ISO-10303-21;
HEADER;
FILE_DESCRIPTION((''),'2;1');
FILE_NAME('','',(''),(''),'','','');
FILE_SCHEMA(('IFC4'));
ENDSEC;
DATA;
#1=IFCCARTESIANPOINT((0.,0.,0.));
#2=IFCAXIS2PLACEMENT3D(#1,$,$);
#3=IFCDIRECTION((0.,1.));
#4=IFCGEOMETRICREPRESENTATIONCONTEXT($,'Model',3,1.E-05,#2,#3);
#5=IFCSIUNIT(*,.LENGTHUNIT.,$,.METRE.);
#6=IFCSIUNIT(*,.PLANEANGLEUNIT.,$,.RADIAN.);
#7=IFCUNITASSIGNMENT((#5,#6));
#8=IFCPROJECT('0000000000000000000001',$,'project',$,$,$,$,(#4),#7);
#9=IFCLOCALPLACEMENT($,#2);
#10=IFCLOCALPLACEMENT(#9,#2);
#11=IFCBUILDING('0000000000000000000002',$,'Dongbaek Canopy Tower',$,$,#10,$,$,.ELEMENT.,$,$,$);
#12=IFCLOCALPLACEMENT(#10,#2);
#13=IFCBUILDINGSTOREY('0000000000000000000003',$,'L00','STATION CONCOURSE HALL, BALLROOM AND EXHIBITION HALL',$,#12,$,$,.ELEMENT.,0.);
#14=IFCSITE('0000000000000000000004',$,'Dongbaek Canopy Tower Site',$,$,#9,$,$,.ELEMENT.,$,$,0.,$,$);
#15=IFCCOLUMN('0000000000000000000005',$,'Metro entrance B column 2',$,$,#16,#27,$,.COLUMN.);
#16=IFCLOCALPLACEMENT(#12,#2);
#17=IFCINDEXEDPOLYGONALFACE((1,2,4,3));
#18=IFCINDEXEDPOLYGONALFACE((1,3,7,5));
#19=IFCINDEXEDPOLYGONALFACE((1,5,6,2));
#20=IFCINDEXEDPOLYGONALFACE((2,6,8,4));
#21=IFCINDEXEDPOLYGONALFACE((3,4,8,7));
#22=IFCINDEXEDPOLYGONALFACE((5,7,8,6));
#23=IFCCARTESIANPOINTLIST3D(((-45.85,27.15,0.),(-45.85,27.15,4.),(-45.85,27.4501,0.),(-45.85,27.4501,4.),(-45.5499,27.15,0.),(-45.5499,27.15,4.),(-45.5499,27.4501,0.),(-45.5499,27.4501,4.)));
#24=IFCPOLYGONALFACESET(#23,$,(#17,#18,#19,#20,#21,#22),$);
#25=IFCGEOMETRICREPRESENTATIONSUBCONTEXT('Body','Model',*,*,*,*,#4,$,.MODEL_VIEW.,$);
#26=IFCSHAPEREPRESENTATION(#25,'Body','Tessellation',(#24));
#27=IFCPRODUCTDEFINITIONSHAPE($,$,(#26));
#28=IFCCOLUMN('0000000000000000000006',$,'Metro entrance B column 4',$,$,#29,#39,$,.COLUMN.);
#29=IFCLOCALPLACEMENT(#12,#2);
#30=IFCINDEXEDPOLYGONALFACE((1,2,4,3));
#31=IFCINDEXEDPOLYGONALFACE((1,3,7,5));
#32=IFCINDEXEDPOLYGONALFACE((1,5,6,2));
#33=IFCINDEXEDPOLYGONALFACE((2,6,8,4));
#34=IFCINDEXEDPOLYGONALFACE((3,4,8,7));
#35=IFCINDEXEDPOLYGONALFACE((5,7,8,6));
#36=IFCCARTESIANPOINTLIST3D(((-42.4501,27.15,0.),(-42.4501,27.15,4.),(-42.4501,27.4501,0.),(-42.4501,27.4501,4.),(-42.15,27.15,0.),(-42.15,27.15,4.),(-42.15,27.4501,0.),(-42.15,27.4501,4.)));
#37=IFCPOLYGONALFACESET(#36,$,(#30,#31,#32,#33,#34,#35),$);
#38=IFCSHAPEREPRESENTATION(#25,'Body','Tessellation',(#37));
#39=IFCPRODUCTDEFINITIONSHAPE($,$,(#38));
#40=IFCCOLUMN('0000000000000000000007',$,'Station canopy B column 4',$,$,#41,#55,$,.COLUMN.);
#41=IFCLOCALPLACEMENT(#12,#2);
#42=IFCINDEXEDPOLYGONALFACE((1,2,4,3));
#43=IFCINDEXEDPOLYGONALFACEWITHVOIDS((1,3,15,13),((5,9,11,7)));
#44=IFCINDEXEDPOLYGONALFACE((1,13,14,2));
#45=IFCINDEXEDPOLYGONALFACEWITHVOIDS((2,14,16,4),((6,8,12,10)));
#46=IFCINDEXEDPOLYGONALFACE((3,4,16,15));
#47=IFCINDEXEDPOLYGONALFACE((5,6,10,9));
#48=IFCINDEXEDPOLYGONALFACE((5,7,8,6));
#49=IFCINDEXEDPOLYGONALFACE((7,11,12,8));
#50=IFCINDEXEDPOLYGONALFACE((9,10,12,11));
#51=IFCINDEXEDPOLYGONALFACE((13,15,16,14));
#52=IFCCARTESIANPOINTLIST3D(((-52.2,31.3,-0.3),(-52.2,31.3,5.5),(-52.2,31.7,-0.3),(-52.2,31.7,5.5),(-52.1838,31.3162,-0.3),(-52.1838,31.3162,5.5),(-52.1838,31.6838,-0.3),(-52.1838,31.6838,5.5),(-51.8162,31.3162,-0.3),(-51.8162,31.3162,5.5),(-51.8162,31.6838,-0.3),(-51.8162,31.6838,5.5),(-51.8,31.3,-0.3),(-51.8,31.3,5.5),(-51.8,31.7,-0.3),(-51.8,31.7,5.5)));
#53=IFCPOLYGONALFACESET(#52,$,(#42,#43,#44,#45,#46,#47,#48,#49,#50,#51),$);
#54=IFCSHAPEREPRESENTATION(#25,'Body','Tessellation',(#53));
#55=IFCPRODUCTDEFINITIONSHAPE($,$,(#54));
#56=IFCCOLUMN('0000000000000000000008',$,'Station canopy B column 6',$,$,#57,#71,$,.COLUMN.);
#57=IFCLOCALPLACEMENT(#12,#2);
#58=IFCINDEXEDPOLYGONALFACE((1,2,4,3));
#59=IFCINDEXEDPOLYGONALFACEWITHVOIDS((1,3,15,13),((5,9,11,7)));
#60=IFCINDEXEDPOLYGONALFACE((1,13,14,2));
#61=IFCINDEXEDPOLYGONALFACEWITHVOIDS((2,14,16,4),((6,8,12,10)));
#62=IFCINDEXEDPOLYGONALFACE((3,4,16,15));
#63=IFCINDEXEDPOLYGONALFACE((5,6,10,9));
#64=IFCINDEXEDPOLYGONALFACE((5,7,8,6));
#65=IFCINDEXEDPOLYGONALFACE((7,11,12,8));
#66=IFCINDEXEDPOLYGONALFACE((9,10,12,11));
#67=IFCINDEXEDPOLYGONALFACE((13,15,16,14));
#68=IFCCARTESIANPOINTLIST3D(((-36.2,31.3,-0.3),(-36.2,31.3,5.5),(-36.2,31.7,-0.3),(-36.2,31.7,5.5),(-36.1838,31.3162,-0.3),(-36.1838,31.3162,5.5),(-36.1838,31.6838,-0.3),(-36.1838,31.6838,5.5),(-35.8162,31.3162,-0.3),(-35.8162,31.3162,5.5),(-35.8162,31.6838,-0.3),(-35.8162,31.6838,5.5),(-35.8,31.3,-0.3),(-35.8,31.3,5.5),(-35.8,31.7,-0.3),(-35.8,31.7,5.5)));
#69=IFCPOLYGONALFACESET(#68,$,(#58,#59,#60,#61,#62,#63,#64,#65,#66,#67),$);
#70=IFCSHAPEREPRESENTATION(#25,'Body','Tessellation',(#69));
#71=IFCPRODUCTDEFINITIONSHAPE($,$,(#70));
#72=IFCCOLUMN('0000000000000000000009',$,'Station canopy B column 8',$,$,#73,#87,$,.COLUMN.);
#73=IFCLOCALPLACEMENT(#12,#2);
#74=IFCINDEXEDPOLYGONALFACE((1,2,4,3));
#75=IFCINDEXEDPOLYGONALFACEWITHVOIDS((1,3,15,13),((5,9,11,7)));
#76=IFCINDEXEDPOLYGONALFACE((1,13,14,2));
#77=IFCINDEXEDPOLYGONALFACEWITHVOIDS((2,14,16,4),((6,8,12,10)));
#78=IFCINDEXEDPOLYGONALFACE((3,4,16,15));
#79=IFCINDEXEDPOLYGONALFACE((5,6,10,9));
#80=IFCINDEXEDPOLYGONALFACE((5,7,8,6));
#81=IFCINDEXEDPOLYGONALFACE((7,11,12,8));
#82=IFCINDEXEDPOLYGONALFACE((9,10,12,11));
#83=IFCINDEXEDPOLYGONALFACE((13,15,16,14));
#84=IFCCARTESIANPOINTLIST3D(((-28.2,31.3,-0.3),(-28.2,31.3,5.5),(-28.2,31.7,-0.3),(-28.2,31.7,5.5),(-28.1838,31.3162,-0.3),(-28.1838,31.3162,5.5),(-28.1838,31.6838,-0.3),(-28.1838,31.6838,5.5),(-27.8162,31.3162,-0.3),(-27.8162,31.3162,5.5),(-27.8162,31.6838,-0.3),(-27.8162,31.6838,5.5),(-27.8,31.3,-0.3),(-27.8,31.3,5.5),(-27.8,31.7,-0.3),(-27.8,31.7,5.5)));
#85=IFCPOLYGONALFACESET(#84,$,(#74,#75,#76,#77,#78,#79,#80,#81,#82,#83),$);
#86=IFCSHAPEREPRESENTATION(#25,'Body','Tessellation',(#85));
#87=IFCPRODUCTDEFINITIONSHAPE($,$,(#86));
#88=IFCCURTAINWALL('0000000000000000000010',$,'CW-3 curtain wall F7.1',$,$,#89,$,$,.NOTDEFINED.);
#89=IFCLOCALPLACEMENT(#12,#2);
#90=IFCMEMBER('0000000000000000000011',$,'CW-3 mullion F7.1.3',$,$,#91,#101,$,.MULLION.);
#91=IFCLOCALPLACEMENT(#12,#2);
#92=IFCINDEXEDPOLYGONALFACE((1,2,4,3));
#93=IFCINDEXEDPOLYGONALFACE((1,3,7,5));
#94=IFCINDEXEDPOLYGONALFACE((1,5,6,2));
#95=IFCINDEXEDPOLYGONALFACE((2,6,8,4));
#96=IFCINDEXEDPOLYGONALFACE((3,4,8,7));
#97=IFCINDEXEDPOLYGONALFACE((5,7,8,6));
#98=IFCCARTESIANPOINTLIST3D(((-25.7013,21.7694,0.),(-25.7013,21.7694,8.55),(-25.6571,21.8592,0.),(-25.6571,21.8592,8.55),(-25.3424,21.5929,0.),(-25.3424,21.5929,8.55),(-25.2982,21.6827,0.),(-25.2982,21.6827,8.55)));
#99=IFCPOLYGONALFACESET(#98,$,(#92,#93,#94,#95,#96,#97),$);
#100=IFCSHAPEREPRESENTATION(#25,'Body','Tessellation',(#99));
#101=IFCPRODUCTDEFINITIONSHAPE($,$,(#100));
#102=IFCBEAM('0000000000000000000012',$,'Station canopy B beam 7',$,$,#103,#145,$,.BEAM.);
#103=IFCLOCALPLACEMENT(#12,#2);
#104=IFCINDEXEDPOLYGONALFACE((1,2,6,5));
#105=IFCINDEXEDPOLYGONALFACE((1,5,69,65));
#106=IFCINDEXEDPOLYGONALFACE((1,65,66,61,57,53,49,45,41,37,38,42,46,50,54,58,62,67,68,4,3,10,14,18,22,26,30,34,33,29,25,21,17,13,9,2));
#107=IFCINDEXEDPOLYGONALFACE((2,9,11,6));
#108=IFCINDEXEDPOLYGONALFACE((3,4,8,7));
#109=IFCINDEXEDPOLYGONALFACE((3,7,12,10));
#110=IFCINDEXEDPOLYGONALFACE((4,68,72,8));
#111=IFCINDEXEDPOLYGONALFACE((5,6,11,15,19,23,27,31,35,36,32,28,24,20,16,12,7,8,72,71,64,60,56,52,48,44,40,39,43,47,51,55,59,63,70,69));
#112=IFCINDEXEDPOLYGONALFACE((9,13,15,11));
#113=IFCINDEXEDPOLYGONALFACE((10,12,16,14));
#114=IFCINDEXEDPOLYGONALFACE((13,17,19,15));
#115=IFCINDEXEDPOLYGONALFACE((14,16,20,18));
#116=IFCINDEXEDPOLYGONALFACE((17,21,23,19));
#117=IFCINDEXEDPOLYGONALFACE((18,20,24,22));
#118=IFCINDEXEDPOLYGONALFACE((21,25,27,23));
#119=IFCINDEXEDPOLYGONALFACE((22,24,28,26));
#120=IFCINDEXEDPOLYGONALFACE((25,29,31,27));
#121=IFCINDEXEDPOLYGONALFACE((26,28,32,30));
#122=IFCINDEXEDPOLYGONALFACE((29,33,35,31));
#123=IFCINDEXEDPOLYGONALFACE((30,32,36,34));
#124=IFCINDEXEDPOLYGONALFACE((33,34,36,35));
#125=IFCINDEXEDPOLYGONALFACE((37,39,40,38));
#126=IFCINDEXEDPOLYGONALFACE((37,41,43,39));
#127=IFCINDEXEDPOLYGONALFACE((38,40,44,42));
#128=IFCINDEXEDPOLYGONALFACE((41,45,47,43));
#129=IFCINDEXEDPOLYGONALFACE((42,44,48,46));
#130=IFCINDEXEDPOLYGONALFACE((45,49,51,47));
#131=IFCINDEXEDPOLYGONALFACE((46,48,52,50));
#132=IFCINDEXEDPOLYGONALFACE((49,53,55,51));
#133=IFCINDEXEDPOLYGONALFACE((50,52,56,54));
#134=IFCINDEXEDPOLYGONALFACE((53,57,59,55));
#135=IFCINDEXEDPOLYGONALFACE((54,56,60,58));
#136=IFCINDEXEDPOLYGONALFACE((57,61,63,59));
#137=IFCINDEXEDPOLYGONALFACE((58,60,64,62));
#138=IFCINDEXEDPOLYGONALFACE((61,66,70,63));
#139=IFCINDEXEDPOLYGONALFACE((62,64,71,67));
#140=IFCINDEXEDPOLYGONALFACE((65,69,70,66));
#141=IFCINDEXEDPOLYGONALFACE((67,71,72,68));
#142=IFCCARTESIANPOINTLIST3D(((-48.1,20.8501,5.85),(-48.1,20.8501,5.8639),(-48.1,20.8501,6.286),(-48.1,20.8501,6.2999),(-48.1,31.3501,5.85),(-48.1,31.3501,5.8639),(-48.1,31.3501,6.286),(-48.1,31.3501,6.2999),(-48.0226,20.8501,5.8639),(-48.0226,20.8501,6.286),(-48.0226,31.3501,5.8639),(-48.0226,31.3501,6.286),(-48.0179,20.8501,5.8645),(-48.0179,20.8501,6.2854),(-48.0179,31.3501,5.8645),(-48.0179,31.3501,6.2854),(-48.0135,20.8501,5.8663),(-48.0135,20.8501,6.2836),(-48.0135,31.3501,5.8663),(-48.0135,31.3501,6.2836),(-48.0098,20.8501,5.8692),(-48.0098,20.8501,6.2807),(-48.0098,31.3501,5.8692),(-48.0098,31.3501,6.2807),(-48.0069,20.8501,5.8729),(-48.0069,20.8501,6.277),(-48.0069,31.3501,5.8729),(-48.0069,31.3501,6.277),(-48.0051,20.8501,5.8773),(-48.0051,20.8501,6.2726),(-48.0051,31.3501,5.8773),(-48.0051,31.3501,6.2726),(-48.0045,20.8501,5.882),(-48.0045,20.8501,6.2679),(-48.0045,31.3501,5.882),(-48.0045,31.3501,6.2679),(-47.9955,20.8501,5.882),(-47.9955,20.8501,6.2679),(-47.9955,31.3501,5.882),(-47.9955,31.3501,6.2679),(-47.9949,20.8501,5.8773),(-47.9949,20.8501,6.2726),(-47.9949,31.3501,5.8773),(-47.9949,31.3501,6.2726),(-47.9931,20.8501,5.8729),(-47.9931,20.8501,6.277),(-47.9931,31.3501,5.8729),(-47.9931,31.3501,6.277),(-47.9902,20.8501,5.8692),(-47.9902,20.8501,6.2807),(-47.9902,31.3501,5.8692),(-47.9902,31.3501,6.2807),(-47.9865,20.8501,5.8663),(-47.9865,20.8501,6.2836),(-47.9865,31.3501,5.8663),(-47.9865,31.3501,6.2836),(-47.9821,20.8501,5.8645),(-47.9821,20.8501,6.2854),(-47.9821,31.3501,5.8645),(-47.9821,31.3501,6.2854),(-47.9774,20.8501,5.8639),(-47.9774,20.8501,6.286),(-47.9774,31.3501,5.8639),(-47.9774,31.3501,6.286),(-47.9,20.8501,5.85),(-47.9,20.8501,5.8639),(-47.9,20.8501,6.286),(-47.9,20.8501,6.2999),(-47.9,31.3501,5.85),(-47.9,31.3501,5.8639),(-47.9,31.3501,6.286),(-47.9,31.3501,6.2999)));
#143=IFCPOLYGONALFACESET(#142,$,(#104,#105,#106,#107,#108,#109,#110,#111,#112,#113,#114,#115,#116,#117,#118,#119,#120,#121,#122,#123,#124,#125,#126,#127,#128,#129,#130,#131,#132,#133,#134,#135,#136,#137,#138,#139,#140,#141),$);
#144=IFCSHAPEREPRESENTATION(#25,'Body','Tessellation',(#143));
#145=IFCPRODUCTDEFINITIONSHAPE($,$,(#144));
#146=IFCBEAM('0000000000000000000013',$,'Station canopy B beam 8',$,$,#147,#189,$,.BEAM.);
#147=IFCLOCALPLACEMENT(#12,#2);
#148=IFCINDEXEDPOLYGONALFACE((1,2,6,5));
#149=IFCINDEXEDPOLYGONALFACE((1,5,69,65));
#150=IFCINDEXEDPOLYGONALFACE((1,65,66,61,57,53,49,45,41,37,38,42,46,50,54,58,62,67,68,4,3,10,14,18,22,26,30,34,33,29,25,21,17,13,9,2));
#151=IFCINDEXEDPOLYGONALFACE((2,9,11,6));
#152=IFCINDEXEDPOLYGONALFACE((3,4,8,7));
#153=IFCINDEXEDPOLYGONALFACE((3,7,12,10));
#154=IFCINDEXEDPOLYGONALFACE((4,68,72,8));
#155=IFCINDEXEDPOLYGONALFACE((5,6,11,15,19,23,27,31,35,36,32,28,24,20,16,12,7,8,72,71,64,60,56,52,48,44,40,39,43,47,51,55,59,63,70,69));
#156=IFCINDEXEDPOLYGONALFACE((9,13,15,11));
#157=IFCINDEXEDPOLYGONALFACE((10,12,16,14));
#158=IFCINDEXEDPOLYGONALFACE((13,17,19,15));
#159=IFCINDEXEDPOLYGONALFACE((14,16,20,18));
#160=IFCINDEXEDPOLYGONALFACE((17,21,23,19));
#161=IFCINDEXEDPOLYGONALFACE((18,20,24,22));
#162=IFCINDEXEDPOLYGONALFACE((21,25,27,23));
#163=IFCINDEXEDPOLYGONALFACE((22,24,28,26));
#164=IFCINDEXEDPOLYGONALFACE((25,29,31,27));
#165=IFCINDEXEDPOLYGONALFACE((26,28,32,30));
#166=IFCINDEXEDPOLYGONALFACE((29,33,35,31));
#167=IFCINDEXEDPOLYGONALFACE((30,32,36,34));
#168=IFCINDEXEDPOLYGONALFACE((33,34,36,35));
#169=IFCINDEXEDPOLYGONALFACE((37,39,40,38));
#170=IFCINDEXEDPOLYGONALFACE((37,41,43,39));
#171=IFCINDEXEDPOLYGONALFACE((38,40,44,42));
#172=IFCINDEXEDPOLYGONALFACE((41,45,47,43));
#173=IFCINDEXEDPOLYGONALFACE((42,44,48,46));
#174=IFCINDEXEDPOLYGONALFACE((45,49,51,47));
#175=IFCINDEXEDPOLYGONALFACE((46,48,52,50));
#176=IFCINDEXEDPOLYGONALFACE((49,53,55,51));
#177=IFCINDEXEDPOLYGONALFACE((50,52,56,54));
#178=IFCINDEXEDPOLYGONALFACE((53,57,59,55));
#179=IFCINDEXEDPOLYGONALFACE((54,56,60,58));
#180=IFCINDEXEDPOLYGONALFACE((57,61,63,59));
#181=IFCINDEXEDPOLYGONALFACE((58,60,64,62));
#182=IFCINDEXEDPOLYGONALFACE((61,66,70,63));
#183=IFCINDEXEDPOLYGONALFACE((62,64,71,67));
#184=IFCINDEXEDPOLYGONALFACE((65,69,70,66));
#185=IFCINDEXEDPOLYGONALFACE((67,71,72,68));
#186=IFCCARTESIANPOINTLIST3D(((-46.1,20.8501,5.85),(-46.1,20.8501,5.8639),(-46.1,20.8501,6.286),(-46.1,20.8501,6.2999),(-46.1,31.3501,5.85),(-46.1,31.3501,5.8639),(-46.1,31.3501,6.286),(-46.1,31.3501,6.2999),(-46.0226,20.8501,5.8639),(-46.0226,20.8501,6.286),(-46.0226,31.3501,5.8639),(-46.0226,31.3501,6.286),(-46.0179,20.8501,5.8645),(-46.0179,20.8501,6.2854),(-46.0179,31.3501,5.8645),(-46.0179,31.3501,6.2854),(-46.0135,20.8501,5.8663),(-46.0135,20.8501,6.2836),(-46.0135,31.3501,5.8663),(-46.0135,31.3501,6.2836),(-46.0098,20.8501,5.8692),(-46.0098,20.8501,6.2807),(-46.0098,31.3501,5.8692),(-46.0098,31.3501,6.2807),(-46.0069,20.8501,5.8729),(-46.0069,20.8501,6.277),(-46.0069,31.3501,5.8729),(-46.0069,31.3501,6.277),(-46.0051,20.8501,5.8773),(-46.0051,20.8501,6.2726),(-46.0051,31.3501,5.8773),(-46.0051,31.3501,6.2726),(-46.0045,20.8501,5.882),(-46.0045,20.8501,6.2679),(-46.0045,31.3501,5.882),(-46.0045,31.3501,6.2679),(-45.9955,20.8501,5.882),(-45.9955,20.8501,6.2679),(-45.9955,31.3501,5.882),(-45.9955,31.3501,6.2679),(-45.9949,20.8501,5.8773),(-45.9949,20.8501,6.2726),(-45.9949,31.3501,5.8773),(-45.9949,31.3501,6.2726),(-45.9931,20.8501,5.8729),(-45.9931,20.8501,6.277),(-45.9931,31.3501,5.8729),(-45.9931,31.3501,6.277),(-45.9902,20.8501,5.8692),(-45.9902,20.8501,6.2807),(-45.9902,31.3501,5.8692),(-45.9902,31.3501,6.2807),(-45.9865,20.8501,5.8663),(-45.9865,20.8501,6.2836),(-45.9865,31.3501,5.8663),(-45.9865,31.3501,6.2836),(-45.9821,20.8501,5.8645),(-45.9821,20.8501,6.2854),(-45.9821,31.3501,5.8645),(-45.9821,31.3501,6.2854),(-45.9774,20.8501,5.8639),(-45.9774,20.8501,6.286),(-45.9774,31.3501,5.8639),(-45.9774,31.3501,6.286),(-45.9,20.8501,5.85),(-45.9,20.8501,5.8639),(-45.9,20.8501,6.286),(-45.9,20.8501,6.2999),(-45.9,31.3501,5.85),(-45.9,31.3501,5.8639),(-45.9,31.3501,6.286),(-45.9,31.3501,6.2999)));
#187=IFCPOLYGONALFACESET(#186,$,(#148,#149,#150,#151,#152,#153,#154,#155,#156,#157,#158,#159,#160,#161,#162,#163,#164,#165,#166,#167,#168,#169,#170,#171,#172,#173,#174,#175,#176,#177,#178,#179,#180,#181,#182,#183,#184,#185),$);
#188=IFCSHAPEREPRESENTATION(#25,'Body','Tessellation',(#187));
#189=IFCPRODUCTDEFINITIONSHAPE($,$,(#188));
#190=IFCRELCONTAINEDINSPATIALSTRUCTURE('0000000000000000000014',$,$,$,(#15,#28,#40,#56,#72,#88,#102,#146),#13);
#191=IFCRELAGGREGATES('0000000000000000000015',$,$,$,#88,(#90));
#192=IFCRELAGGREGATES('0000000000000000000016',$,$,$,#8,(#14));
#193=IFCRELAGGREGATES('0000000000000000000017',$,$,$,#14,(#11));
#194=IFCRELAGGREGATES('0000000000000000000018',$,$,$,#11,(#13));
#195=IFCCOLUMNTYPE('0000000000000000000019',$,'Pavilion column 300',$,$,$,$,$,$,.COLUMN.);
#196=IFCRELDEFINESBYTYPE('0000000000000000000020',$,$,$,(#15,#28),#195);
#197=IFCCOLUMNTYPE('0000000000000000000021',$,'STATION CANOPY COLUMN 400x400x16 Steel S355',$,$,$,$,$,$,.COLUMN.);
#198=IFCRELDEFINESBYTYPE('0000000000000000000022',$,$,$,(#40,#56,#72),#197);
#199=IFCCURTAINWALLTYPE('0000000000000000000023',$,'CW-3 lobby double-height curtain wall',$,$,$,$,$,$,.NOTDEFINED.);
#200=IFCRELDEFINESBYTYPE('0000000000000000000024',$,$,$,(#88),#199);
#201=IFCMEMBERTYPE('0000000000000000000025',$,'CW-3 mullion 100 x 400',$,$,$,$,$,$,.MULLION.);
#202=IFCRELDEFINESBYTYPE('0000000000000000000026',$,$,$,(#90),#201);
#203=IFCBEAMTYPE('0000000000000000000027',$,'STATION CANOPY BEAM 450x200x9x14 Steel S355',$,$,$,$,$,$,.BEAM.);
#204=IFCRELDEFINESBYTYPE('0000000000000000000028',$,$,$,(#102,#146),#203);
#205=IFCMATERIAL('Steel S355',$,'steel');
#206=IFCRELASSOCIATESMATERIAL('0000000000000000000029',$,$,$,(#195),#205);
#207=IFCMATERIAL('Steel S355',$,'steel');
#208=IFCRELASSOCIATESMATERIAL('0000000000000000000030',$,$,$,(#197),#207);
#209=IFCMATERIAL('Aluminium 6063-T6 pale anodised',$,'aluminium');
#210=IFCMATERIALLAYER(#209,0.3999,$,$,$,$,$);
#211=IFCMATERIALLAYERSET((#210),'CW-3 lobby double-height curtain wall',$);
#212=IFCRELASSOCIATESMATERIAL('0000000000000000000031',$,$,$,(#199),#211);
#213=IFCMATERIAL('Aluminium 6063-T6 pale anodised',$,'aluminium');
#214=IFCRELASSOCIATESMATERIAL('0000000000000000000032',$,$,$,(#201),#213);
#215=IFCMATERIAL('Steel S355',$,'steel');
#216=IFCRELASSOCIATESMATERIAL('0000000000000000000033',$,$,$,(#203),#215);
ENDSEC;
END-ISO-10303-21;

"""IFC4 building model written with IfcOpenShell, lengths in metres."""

from ifc_helpers import new_model, si_unit, direction, frame, origin, origin_2d, place, context, subcontext, project, spatial, rectangle, hollow_rectangle, i_section, extrude, material, layer, layer_set, material_profile, profile_set, type_object, element, aggregate, save


model = new_model("IFC4")

# Units and contexts
model_context = context("Model", 3, precision=1e-05, world=origin(), true_north=direction((0.0, 1.0)))
body_context = subcontext(model_context, "Body", "Model", "MODEL_VIEW")
ifc_project = project(units=[si_unit("LENGTHUNIT", "METRE"), si_unit("PLANEANGLEUNIT", "RADIAN")], contexts=[model_context])

# Site, building, storey
site_placement = place(None, origin())
site = spatial("IfcSite", under=ifc_project, at=site_placement, Name="Dongbaek Canopy Tower Site", CompositionType="ELEMENT", RefElevation=0.0)
building_placement = place(site_placement, origin())
building = spatial("IfcBuilding", under=site, at=building_placement, Name="Dongbaek Canopy Tower", CompositionType="ELEMENT")
storey_placement = place(building_placement, origin())
storey = spatial("IfcBuildingStorey", under=building, at=storey_placement, Name="L00", Description="STATION CONCOURSE HALL, BALLROOM AND EXHIBITION HALL", CompositionType="ELEMENT", Elevation=0.0)

# Columns
ifc_material_1 = material(Name="Steel S355", Category="steel")
ifc_material_profile_1 = material_profile(ifc_material_1, rectangle(XDim=0.3, YDim=0.3, at=origin_2d()), Name="Pavilion column 300")
ifc_profile_set_1 = profile_set([ifc_material_profile_1], Name="Steel S355")
column_type_1 = type_object("IfcColumnType", Name="Pavilion column 300", PredefinedType="COLUMN", material=ifc_profile_set_1)
for number, where, z_axis, x_axis, name in (
    (1, (-45.7, 27.3, 0.0), (0.0, 0.0, 1.0), (1.0, 0.0, 0.0), "Metro entrance B column 2"),
    (2, (-42.3, 27.3, 0.0), (0.0, 0.0, 1.0), (1.0, 0.0, 0.0), "Metro entrance B column 4"),
):
    element("IfcColumn", number, at=place(storey_placement, frame(where, z_axis=z_axis, x_axis=x_axis)), inside=storey, type_object=column_type_1, Name=name, PredefinedType="COLUMN", context=body_context, shape_type="SweptSolid", body=[
        extrude(rectangle(XDim=0.3, YDim=0.3, at=origin_2d()), origin(), (0.0, 0.0, 1.0), 4.0),
    ])
ifc_material_2 = material(Name="Steel S355", Category="steel")
ifc_material_profile_2 = material_profile(ifc_material_2, hollow_rectangle(XDim=0.3999, YDim=0.3999, WallThickness=0.0161, at=origin_2d()), Name="STATION CANOPY COLUMN 400x400x16 Steel S355")
ifc_profile_set_2 = profile_set([ifc_material_profile_2], Name="Steel S355")
column_type_2 = type_object("IfcColumnType", Name="STATION CANOPY COLUMN 400x400x16 Steel S355", PredefinedType="COLUMN", material=ifc_profile_set_2)
for number, where, z_axis, x_axis, name in (
    (3, (-52.0, 31.5, -0.3), (0.0, 0.0, 1.0), (1.0, 0.0, 0.0), "Station canopy B column 4"),
    (4, (-36.0, 31.5, -0.3), (0.0, 0.0, 1.0), (1.0, 0.0, 0.0), "Station canopy B column 6"),
    (5, (-28.0, 31.5, -0.3), (0.0, 0.0, 1.0), (1.0, 0.0, 0.0), "Station canopy B column 8"),
):
    element("IfcColumn", number, at=place(storey_placement, frame(where, z_axis=z_axis, x_axis=x_axis)), inside=storey, type_object=column_type_2, Name=name, PredefinedType="COLUMN", context=body_context, shape_type="SweptSolid", body=[
        extrude(hollow_rectangle(XDim=0.3999, YDim=0.3999, WallThickness=0.0161, at=origin_2d()), origin(), (0.0, 0.0, 1.0), 5.8),
    ])

# Curtain wall, member
ifc_material_3 = material(Name="Aluminium 6063-T6 pale anodised", Category="aluminium")
ifc_layer_1 = layer(ifc_material_3, 0.3999)
ifc_layer_set_1 = layer_set([ifc_layer_1], Name="CW-3 lobby double-height curtain wall")
curtain_wall_type = type_object("IfcCurtainWallType", Name="CW-3 lobby double-height curtain wall", PredefinedType="NOTDEFINED", material=ifc_layer_set_1)
curtain_wall_placement = place(storey_placement, origin())
curtain_wall = element("IfcCurtainWall", 6, at=curtain_wall_placement, inside=storey, type_object=curtain_wall_type, Name="CW-3 curtain wall F7.1", PredefinedType="NOTDEFINED")
ifc_material_4 = material(Name="Aluminium 6063-T6 pale anodised", Category="aluminium")
ifc_material_profile_3 = material_profile(ifc_material_4, rectangle(XDim=0.3999, YDim=0.1001, at=origin_2d()), Name="CW-3 mullion 100 x 400")
ifc_profile_set_3 = profile_set([ifc_material_profile_3], Name="Aluminium 6063-T6 pale anodised")
member_type = type_object("IfcMemberType", Name="CW-3 mullion 100 x 400", PredefinedType="MULLION", material=ifc_profile_set_3)
member_placement = place(storey_placement, frame((-25.4998, 21.7261, 0.0), z_axis=(0.0, 0.0, 1.0), x_axis=(-0.897339, 0.441342, 0.0)))
member = element("IfcMember", 7, at=member_placement, type_object=member_type, Name="CW-3 mullion F7.1.3", PredefinedType="MULLION", context=body_context, shape_type="SweptSolid", body=[
    extrude(rectangle(XDim=0.3999, YDim=0.1001, at=origin_2d()), origin(), (0.0, 0.0, 1.0), 8.55),
])
aggregate(curtain_wall, [member])

# Beams
ifc_material_5 = material(Name="Steel S355", Category="steel")
ifc_material_profile_4 = material_profile(ifc_material_5, i_section(OverallWidth=0.2, OverallDepth=0.45, WebThickness=0.009, FlangeThickness=0.0139, FilletRadius=0.0181, at=origin_2d()), Name="STATION CANOPY BEAM 450x200x9x14 Steel S355")
ifc_profile_set_4 = profile_set([ifc_material_profile_4], Name="Steel S355")
beam_type_1 = type_object("IfcBeamType", Name="STATION CANOPY BEAM 450x200x9x14 Steel S355", PredefinedType="BEAM", material=ifc_profile_set_4)
for number, where, z_axis, x_axis, name in (
    (8, (-48.0, 20.8501, 6.075), (0.0, 1.0, 0.0), (-1.0, 0.0, 0.0), "Station canopy B beam 7"),
    (9, (-46.0, 20.8501, 6.075), (0.0, 1.0, 0.0), (-1.0, 0.0, 0.0), "Station canopy B beam 8"),
):
    element("IfcBeam", number, at=place(storey_placement, frame(where, z_axis=z_axis, x_axis=x_axis)), inside=storey, type_object=beam_type_1, Name=name, PredefinedType="BEAM", context=body_context, shape_type="SweptSolid", body=[
        extrude(i_section(OverallWidth=0.2, OverallDepth=0.45, WebThickness=0.009, FlangeThickness=0.0139, FilletRadius=0.0181, at=origin_2d()), origin(), (0.0, 0.0, 1.0), 10.5),
    ])

save(model, "model.ifc")
